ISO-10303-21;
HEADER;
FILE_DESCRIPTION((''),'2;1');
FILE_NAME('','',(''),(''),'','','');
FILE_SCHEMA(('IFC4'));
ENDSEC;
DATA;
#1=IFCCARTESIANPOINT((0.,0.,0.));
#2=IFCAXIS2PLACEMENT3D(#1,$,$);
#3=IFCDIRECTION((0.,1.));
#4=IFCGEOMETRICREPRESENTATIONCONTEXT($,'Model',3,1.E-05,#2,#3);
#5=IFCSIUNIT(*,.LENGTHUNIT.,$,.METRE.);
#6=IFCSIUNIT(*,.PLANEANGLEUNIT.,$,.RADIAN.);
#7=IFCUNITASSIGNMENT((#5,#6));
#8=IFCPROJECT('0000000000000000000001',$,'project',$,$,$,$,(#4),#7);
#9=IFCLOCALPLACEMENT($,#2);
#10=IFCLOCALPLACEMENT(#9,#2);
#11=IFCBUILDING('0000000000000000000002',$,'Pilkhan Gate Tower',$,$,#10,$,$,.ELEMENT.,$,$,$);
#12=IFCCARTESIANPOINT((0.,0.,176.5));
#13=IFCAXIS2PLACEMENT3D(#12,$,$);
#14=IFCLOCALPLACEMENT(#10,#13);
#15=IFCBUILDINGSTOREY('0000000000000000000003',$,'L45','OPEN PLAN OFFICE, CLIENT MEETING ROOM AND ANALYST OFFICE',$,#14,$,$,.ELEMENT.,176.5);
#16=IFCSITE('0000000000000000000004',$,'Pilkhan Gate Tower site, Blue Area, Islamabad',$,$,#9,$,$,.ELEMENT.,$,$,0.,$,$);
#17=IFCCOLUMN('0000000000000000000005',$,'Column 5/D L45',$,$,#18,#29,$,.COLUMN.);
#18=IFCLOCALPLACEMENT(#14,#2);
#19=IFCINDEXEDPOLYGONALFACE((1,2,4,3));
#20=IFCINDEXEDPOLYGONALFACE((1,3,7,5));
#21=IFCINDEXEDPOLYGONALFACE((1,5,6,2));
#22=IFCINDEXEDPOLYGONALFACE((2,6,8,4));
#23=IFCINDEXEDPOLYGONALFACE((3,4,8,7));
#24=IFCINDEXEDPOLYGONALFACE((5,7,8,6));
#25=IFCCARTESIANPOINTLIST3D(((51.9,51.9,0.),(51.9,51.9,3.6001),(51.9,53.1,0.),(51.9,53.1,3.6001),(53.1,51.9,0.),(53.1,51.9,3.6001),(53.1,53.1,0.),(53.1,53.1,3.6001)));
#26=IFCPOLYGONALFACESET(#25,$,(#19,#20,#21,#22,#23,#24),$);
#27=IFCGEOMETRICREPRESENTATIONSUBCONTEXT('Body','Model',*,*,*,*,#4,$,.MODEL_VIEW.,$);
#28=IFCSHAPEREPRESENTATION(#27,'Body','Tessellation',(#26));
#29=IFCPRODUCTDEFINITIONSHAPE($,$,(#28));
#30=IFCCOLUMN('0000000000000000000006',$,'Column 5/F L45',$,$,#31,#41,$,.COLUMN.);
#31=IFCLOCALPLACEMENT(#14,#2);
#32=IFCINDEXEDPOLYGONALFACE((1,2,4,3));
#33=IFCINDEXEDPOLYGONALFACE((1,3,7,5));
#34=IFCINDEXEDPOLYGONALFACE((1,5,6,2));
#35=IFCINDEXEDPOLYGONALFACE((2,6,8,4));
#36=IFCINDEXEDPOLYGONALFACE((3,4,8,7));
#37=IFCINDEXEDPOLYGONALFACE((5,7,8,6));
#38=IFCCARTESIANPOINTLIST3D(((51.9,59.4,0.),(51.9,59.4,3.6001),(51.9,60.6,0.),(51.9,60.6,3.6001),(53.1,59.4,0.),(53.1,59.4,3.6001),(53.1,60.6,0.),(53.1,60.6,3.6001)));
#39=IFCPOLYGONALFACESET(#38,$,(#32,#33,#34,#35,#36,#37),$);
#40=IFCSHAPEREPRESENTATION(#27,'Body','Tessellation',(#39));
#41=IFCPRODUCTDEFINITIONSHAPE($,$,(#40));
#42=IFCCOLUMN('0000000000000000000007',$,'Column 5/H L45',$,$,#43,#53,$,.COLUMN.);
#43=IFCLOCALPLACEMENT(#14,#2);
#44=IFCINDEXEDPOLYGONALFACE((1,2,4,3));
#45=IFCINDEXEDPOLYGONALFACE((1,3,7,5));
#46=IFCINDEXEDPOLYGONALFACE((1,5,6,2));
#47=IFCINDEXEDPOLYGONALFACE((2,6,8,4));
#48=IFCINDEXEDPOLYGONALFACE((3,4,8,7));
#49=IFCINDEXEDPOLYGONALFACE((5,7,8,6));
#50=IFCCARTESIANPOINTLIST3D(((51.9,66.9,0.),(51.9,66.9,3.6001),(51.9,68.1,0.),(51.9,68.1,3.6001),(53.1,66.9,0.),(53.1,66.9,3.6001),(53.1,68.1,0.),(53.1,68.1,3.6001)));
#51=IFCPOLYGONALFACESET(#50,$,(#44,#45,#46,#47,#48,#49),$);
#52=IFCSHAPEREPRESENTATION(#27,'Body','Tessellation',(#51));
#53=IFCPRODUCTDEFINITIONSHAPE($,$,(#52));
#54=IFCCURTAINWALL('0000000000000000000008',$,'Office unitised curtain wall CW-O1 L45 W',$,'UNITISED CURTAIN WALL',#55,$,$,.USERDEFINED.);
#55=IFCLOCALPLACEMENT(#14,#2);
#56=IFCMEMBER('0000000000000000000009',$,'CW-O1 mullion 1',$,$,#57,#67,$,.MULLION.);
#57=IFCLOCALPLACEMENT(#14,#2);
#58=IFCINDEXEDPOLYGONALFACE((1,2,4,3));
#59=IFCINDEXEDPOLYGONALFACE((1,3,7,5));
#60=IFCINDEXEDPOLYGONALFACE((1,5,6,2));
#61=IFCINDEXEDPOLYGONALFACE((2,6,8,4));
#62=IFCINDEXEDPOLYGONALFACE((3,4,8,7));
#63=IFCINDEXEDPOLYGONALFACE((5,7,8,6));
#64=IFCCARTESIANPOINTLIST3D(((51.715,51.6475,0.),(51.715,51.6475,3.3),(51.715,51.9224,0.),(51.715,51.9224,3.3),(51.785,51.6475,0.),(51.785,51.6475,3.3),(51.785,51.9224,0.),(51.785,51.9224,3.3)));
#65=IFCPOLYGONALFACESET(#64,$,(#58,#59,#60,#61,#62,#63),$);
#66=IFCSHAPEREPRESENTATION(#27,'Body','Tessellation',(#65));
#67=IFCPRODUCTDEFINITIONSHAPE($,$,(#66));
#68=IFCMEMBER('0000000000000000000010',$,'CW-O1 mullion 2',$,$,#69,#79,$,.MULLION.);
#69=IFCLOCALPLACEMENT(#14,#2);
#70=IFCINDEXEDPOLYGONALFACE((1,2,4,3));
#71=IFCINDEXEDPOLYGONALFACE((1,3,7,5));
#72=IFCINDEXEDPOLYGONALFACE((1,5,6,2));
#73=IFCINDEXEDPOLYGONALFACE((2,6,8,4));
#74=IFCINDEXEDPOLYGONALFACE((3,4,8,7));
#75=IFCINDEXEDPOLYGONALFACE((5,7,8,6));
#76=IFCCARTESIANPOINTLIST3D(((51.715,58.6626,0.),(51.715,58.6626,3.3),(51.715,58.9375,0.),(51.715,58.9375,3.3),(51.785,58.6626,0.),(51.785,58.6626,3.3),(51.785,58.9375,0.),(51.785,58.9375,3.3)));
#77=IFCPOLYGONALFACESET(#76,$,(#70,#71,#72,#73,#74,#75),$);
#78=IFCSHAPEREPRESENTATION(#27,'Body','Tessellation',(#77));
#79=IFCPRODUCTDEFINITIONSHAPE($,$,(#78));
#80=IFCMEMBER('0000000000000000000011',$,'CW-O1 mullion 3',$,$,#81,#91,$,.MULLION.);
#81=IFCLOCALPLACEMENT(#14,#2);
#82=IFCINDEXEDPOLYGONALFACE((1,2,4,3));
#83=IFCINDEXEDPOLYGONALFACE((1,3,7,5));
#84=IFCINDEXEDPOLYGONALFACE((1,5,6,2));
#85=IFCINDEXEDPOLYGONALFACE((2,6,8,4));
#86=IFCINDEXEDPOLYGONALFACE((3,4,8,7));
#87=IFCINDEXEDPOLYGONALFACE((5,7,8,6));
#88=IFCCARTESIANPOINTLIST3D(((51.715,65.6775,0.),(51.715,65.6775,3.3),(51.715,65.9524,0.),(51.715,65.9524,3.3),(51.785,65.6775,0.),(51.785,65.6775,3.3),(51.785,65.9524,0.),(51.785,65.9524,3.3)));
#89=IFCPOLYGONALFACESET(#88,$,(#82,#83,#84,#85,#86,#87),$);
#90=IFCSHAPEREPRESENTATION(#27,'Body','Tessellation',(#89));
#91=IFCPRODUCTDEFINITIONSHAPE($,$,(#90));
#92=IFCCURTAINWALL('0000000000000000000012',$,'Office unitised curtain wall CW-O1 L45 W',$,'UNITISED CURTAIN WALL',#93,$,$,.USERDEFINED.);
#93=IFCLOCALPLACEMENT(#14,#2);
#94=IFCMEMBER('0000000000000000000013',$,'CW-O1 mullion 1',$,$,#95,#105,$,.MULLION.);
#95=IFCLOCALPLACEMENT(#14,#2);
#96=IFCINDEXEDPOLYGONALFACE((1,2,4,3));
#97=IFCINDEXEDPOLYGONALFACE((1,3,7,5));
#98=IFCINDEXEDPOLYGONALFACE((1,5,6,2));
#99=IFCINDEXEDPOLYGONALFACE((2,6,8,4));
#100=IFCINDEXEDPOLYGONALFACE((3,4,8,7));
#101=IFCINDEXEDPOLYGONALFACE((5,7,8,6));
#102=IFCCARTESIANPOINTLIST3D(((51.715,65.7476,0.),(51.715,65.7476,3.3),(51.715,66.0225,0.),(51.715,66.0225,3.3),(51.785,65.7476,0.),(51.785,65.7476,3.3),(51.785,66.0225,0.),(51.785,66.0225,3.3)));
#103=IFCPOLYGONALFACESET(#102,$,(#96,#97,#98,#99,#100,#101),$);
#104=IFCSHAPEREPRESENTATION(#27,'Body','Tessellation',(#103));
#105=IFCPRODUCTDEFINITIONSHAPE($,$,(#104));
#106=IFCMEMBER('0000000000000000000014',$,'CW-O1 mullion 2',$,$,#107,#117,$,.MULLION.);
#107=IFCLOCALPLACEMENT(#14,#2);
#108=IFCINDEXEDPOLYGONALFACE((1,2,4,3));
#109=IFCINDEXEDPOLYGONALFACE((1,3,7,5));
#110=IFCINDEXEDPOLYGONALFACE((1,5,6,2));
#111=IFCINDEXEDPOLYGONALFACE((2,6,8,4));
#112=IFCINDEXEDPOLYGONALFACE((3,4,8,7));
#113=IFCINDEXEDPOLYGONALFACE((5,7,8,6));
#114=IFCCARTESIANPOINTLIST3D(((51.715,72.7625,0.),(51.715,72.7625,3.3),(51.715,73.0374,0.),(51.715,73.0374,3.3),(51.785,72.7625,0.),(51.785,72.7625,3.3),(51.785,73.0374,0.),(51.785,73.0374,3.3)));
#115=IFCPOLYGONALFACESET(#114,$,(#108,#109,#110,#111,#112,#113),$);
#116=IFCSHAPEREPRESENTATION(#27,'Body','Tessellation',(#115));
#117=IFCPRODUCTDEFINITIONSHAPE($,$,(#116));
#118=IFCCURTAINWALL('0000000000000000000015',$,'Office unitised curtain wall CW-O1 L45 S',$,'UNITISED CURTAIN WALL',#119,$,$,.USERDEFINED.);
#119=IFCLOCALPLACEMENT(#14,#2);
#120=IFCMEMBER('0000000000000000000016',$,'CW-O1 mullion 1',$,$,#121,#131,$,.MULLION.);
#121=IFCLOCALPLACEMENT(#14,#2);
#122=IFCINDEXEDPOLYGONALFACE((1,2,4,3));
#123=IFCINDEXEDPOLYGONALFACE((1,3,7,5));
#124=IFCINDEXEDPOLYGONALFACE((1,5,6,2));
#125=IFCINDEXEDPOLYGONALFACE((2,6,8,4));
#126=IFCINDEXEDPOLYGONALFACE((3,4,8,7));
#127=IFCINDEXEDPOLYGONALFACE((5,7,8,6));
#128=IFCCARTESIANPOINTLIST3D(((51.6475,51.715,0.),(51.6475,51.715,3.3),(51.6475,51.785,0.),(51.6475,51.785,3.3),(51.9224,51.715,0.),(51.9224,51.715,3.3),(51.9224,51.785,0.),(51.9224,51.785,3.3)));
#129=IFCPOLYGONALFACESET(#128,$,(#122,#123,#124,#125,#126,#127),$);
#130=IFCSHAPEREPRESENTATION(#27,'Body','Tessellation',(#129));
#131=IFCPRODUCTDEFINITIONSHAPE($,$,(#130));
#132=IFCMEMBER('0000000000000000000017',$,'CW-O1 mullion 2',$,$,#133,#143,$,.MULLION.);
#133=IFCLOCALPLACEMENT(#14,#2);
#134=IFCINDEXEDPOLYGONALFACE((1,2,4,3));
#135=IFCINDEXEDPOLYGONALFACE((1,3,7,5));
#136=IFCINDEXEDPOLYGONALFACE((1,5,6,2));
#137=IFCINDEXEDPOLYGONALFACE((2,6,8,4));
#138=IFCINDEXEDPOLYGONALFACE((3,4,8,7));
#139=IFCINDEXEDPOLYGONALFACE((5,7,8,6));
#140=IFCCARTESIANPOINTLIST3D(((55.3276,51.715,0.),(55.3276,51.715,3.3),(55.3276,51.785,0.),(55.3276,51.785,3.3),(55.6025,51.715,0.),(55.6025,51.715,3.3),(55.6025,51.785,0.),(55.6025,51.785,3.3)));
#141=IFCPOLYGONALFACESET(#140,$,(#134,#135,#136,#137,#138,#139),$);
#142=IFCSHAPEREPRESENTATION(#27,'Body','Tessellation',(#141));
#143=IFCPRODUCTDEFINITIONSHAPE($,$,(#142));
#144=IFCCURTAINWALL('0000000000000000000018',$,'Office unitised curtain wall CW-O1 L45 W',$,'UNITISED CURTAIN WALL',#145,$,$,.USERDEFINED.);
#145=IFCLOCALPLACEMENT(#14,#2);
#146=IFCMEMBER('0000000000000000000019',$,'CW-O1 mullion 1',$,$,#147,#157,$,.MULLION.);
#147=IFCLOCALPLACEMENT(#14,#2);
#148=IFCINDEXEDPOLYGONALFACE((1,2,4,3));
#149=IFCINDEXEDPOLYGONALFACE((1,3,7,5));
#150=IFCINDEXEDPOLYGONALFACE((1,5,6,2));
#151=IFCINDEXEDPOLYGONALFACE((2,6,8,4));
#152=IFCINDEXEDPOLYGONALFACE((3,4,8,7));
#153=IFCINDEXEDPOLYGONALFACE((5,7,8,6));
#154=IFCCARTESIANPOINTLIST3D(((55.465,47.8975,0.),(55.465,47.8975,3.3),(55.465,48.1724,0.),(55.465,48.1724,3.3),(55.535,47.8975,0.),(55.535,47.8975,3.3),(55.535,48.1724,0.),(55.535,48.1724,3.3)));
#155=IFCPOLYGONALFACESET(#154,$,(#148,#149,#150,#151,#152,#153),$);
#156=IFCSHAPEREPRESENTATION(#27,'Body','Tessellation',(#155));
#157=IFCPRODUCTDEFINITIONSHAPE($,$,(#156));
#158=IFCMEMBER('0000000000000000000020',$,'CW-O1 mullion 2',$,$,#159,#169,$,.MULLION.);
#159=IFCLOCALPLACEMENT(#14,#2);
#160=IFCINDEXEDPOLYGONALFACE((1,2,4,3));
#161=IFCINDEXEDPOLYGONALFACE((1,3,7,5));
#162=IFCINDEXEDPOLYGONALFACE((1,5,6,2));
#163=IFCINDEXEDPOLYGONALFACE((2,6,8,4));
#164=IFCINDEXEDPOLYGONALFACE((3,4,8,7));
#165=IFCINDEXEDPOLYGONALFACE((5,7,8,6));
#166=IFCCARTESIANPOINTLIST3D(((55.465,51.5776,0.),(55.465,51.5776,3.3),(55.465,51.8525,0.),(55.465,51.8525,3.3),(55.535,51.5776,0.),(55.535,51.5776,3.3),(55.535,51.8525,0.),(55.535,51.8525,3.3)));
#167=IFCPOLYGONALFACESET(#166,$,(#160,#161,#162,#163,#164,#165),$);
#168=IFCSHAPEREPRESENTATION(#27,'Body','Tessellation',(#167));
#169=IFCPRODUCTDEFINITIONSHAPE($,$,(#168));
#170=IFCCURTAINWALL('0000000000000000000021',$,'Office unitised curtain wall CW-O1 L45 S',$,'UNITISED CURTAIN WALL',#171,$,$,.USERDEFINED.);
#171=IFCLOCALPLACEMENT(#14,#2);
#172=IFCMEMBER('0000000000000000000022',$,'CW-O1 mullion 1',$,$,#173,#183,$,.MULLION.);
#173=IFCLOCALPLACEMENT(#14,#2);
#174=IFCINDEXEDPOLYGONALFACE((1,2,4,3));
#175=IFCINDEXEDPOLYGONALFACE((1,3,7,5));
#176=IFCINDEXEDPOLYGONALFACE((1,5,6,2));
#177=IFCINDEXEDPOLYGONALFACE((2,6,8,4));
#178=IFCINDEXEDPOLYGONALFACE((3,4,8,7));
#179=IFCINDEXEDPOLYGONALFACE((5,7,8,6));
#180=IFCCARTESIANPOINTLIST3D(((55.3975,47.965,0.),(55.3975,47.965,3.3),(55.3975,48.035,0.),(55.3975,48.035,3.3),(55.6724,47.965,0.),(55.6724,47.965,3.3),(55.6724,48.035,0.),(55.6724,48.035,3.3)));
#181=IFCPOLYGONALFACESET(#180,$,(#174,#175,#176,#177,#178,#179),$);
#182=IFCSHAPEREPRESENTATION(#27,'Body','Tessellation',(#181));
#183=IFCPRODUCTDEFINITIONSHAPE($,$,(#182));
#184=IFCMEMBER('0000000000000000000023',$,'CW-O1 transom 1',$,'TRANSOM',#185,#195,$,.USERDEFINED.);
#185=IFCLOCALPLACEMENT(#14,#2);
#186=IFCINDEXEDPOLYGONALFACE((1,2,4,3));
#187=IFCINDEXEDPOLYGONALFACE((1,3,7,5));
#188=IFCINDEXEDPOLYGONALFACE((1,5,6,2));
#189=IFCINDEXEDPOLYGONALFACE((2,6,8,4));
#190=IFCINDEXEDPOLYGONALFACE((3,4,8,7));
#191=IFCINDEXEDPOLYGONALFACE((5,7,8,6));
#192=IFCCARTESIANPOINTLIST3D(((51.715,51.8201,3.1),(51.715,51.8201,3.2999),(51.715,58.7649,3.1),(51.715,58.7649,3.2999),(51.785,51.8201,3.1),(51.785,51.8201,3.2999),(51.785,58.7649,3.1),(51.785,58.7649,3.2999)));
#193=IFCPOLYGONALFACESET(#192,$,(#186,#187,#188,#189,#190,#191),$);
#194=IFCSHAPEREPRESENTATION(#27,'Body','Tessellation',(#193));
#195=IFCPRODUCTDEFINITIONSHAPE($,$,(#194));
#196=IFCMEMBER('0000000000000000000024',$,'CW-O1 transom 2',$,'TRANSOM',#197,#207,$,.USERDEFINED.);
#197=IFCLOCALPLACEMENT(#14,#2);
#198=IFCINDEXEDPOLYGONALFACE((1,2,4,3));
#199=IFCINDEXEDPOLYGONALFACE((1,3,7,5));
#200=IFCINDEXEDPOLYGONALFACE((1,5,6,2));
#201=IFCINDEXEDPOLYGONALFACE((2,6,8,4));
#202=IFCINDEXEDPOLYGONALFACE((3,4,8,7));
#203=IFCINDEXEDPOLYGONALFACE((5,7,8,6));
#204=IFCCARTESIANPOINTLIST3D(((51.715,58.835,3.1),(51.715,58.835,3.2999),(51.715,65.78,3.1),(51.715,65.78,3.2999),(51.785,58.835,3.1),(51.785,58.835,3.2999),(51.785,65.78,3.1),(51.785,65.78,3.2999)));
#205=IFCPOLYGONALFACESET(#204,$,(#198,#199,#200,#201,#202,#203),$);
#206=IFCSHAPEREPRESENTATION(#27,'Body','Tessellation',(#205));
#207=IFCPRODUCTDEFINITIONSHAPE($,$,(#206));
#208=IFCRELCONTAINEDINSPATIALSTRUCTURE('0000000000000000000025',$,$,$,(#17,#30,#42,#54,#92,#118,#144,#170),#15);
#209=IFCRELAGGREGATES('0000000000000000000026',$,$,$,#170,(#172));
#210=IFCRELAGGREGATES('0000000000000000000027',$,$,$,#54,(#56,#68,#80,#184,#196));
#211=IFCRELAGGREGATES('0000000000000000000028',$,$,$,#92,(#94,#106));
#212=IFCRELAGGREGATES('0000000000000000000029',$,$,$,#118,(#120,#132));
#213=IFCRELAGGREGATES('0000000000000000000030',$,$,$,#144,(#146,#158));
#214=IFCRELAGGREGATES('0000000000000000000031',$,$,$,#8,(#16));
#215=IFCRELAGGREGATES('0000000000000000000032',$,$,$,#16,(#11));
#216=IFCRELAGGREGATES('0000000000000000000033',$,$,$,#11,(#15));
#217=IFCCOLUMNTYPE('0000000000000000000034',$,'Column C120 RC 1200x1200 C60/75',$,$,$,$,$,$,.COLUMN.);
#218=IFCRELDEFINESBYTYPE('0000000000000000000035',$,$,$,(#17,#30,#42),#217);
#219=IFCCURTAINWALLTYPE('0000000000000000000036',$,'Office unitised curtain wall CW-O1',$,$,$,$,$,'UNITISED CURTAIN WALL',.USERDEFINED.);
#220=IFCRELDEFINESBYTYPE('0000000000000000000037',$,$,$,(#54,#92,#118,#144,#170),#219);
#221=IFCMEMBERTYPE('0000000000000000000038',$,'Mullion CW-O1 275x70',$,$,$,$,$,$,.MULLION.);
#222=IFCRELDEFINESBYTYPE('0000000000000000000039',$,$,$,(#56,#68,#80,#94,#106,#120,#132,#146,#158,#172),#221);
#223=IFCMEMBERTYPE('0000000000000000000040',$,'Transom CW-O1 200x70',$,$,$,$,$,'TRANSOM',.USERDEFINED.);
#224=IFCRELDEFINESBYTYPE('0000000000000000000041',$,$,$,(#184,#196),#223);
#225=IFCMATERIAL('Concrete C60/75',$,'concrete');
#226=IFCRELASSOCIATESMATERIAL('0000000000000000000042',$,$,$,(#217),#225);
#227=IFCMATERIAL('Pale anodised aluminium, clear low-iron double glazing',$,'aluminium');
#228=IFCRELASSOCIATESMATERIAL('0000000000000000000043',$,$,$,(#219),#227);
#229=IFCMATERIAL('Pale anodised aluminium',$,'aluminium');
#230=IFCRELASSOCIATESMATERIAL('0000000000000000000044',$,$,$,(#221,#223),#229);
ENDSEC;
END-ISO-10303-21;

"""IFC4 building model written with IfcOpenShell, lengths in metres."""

from ifc_helpers import new_model, si_unit, direction, frame, origin, origin_2d, place, context, subcontext, project, spatial, rectangle, extrude, material, material_profile, profile_set, type_object, element, aggregate, save


model = new_model("IFC4")

# Units and contexts
model_context = context("Model", 3, precision=1e-05, world=origin(), true_north=direction((0.0, 1.0)))
body_context = subcontext(model_context, "Body", "Model", "MODEL_VIEW")
ifc_project = project(units=[si_unit("LENGTHUNIT", "METRE"), si_unit("PLANEANGLEUNIT", "RADIAN")], contexts=[model_context])

# Site, building, storey
site_placement = place(None, origin())
site = spatial("IfcSite", under=ifc_project, at=site_placement, Name="Pilkhan Gate Tower site, Blue Area, Islamabad", CompositionType="ELEMENT", RefElevation=0.0)
building_placement = place(site_placement, origin())
building = spatial("IfcBuilding", under=site, at=building_placement, Name="Pilkhan Gate Tower", CompositionType="ELEMENT")
storey_placement = place(building_placement, frame((0.0, 0.0, 176.5)))
storey = spatial("IfcBuildingStorey", under=building, at=storey_placement, Name="L45", Description="OPEN PLAN OFFICE, CLIENT MEETING ROOM AND ANALYST OFFICE", CompositionType="ELEMENT", Elevation=176.5)

# Columns
ifc_material_1 = material(Name="Concrete C60/75", Category="concrete")
ifc_material_profile_1 = material_profile(ifc_material_1, rectangle(XDim=1.2, YDim=1.2, at=origin_2d()), Name="RC 1200x1200")
ifc_profile_set_1 = profile_set([ifc_material_profile_1], Name="Concrete C60/75")
column_type = type_object("IfcColumnType", Name="Column C120 RC 1200x1200 C60/75", PredefinedType="COLUMN", material=ifc_profile_set_1)
for number, where, z_axis, x_axis, name in (
    (1, (52.5, 52.5, 0.0), (0.0, 0.0, 1.0), (1.0, 0.0, 0.0), "Column 5/D L45"),
    (2, (52.5, 60.0, 0.0), (0.0, 0.0, 1.0), (1.0, 0.0, 0.0), "Column 5/F L45"),
    (3, (52.5, 67.5, 0.0), (0.0, 0.0, 1.0), (1.0, 0.0, 0.0), "Column 5/H L45"),
):
    element("IfcColumn", number, at=place(storey_placement, frame(where, z_axis=z_axis, x_axis=x_axis)), inside=storey, type_object=column_type, Name=name, PredefinedType="COLUMN", context=body_context, shape_type="SweptSolid", body=[
        extrude(rectangle(XDim=1.2, YDim=1.2, at=origin_2d()), origin(), (0.0, 0.0, 1.0), 3.6001),
    ])

# Curtain walls, members
ifc_material_2 = material(Name="Pale anodised aluminium, clear low-iron double glazing", Category="aluminium")
curtain_wall_type = type_object("IfcCurtainWallType", Name="Office unitised curtain wall CW-O1", ElementType="UNITISED CURTAIN WALL", PredefinedType="USERDEFINED", material=ifc_material_2)
curtain_wall_1_placement = place(storey_placement, origin())
curtain_wall_1 = element("IfcCurtainWall", 4, at=curtain_wall_1_placement, inside=storey, type_object=curtain_wall_type, Name="Office unitised curtain wall CW-O1 L45 W", ObjectType="UNITISED CURTAIN WALL", PredefinedType="USERDEFINED")
ifc_material_3 = material(Name="Pale anodised aluminium", Category="aluminium")
ifc_material_profile_2 = material_profile(ifc_material_3, rectangle(XDim=0.0701, YDim=0.2749, at=origin_2d()), Name="Mullion 275x70")
ifc_profile_set_2 = profile_set([ifc_material_profile_2], Name="Pale anodised aluminium")
member_type_1 = type_object("IfcMemberType", Name="Mullion CW-O1 275x70", PredefinedType="MULLION", material=ifc_profile_set_2)
member_1_placement = place(storey_placement, frame((51.75, 51.7849, 0.0), z_axis=(0.0, 0.0, 1.0), x_axis=(-1.0, 0.0, 0.0)))
member_1 = element("IfcMember", 5, at=member_1_placement, type_object=member_type_1, Name="CW-O1 mullion 1", PredefinedType="MULLION", context=body_context, shape_type="SweptSolid", body=[
    extrude(rectangle(XDim=0.0701, YDim=0.2749, at=origin_2d()), origin(), (0.0, 0.0, 1.0), 3.3),
])
member_2_placement = place(storey_placement, frame((51.75, 58.8, 0.0), z_axis=(0.0, 0.0, 1.0), x_axis=(-1.0, 0.0, 0.0)))
member_2 = element("IfcMember", 6, at=member_2_placement, type_object=member_type_1, Name="CW-O1 mullion 2", PredefinedType="MULLION", context=body_context, shape_type="SweptSolid", body=[
    extrude(rectangle(XDim=0.0701, YDim=0.2749, at=origin_2d()), origin(), (0.0, 0.0, 1.0), 3.3),
])
member_3_placement = place(storey_placement, frame((51.75, 65.8149, 0.0), z_axis=(0.0, 0.0, 1.0), x_axis=(-1.0, 0.0, 0.0)))
member_3 = element("IfcMember", 7, at=member_3_placement, type_object=member_type_1, Name="CW-O1 mullion 3", PredefinedType="MULLION", context=body_context, shape_type="SweptSolid", body=[
    extrude(rectangle(XDim=0.0701, YDim=0.2749, at=origin_2d()), origin(), (0.0, 0.0, 1.0), 3.3),
])
curtain_wall_2_placement = place(storey_placement, origin())
curtain_wall_2 = element("IfcCurtainWall", 8, at=curtain_wall_2_placement, inside=storey, type_object=curtain_wall_type, Name="Office unitised curtain wall CW-O1 L45 W", ObjectType="UNITISED CURTAIN WALL", PredefinedType="USERDEFINED")
member_4_placement = place(storey_placement, frame((51.75, 65.885, 0.0), z_axis=(0.0, 0.0, 1.0), x_axis=(-1.0, 0.0, 0.0)))
member_4 = element("IfcMember", 9, at=member_4_placement, type_object=member_type_1, Name="CW-O1 mullion 1", PredefinedType="MULLION", context=body_context, shape_type="SweptSolid", body=[
    extrude(rectangle(XDim=0.0701, YDim=0.2749, at=origin_2d()), origin(), (0.0, 0.0, 1.0), 3.3),
])
member_5_placement = place(storey_placement, frame((51.75, 72.8999, 0.0), z_axis=(0.0, 0.0, 1.0), x_axis=(-1.0, 0.0, 0.0)))
member_5 = element("IfcMember", 10, at=member_5_placement, type_object=member_type_1, Name="CW-O1 mullion 2", PredefinedType="MULLION", context=body_context, shape_type="SweptSolid", body=[
    extrude(rectangle(XDim=0.0701, YDim=0.2749, at=origin_2d()), origin(), (0.0, 0.0, 1.0), 3.3),
])
curtain_wall_3_placement = place(storey_placement, origin())
curtain_wall_3 = element("IfcCurtainWall", 11, at=curtain_wall_3_placement, inside=storey, type_object=curtain_wall_type, Name="Office unitised curtain wall CW-O1 L45 S", ObjectType="UNITISED CURTAIN WALL", PredefinedType="USERDEFINED")
member_6_placement = place(storey_placement, frame((51.7849, 51.75, 0.0), z_axis=(0.0, 0.0, 1.0), x_axis=(0.0, 1.0, 0.0)))
member_6 = element("IfcMember", 12, at=member_6_placement, type_object=member_type_1, Name="CW-O1 mullion 1", PredefinedType="MULLION", context=body_context, shape_type="SweptSolid", body=[
    extrude(rectangle(XDim=0.0701, YDim=0.2749, at=origin_2d()), origin(), (0.0, 0.0, 1.0), 3.3),
])
member_7_placement = place(storey_placement, frame((55.4651, 51.75, 0.0), z_axis=(0.0, 0.0, 1.0), x_axis=(0.0, 1.0, 0.0)))
member_7 = element("IfcMember", 13, at=member_7_placement, type_object=member_type_1, Name="CW-O1 mullion 2", PredefinedType="MULLION", context=body_context, shape_type="SweptSolid", body=[
    extrude(rectangle(XDim=0.0701, YDim=0.2749, at=origin_2d()), origin(), (0.0, 0.0, 1.0), 3.3),
])
curtain_wall_4_placement = place(storey_placement, origin())
curtain_wall_4 = element("IfcCurtainWall", 14, at=curtain_wall_4_placement, inside=storey, type_object=curtain_wall_type, Name="Office unitised curtain wall CW-O1 L45 W", ObjectType="UNITISED CURTAIN WALL", PredefinedType="USERDEFINED")
member_8_placement = place(storey_placement, frame((55.5, 48.0349, 0.0), z_axis=(0.0, 0.0, 1.0), x_axis=(-1.0, 0.0, 0.0)))
member_8 = element("IfcMember", 15, at=member_8_placement, type_object=member_type_1, Name="CW-O1 mullion 1", PredefinedType="MULLION", context=body_context, shape_type="SweptSolid", body=[
    extrude(rectangle(XDim=0.0701, YDim=0.2749, at=origin_2d()), origin(), (0.0, 0.0, 1.0), 3.3),
])
member_9_placement = place(storey_placement, frame((55.5, 51.7151, 0.0), z_axis=(0.0, 0.0, 1.0), x_axis=(-1.0, 0.0, 0.0)))
member_9 = element("IfcMember", 16, at=member_9_placement, type_object=member_type_1, Name="CW-O1 mullion 2", PredefinedType="MULLION", context=body_context, shape_type="SweptSolid", body=[
    extrude(rectangle(XDim=0.0701, YDim=0.2749, at=origin_2d()), origin(), (0.0, 0.0, 1.0), 3.3),
])

# Curtain wall, member
curtain_wall_5_placement = place(storey_placement, origin())
curtain_wall_5 = element("IfcCurtainWall", 17, at=curtain_wall_5_placement, inside=storey, type_object=curtain_wall_type, Name="Office unitised curtain wall CW-O1 L45 S", ObjectType="UNITISED CURTAIN WALL", PredefinedType="USERDEFINED")
member_10_placement = place(storey_placement, frame((55.5349, 48.0, 0.0), z_axis=(0.0, 0.0, 1.0), x_axis=(0.0, 1.0, 0.0)))
member_10 = element("IfcMember", 18, at=member_10_placement, type_object=member_type_1, Name="CW-O1 mullion 1", PredefinedType="MULLION", context=body_context, shape_type="SweptSolid", body=[
    extrude(rectangle(XDim=0.0701, YDim=0.2749, at=origin_2d()), origin(), (0.0, 0.0, 1.0), 3.3),
])

# Members
ifc_material_profile_3 = material_profile(ifc_material_3, rectangle(XDim=0.0701, YDim=0.2, at=origin_2d()), Name="Transom 200x70")
ifc_profile_set_3 = profile_set([ifc_material_profile_3], Name="Pale anodised aluminium")
member_type_2 = type_object("IfcMemberType", Name="Transom CW-O1 200x70", ElementType="TRANSOM", PredefinedType="USERDEFINED", material=ifc_profile_set_3)
member_11_placement = place(storey_placement, frame((51.75, 51.8201, 3.2), z_axis=(0.0, 1.0, 0.0), x_axis=(-1.0, 0.0, 0.0)))
member_11 = element("IfcMember", 19, at=member_11_placement, type_object=member_type_2, Name="CW-O1 transom 1", ObjectType="TRANSOM", PredefinedType="USERDEFINED", context=body_context, shape_type="SweptSolid", body=[
    extrude(rectangle(XDim=0.0701, YDim=0.2, at=origin_2d()), origin(), (0.0, 0.0, 1.0), 6.9448),
])
member_12_placement = place(storey_placement, frame((51.75, 58.835, 3.2), z_axis=(0.0, 1.0, 0.0), x_axis=(-1.0, 0.0, 0.0)))
member_12 = element("IfcMember", 20, at=member_12_placement, type_object=member_type_2, Name="CW-O1 transom 2", ObjectType="TRANSOM", PredefinedType="USERDEFINED", context=body_context, shape_type="SweptSolid", body=[
    extrude(rectangle(XDim=0.0701, YDim=0.2, at=origin_2d()), origin(), (0.0, 0.0, 1.0), 6.9451),
])
aggregate(curtain_wall_5, [member_10])

aggregate(curtain_wall_1, [member_1, member_2, member_3, member_11, member_12])
aggregate(curtain_wall_2, [member_4, member_5])
aggregate(curtain_wall_3, [member_6, member_7])
aggregate(curtain_wall_4, [member_8, member_9])

save(model, "model.ifc")
